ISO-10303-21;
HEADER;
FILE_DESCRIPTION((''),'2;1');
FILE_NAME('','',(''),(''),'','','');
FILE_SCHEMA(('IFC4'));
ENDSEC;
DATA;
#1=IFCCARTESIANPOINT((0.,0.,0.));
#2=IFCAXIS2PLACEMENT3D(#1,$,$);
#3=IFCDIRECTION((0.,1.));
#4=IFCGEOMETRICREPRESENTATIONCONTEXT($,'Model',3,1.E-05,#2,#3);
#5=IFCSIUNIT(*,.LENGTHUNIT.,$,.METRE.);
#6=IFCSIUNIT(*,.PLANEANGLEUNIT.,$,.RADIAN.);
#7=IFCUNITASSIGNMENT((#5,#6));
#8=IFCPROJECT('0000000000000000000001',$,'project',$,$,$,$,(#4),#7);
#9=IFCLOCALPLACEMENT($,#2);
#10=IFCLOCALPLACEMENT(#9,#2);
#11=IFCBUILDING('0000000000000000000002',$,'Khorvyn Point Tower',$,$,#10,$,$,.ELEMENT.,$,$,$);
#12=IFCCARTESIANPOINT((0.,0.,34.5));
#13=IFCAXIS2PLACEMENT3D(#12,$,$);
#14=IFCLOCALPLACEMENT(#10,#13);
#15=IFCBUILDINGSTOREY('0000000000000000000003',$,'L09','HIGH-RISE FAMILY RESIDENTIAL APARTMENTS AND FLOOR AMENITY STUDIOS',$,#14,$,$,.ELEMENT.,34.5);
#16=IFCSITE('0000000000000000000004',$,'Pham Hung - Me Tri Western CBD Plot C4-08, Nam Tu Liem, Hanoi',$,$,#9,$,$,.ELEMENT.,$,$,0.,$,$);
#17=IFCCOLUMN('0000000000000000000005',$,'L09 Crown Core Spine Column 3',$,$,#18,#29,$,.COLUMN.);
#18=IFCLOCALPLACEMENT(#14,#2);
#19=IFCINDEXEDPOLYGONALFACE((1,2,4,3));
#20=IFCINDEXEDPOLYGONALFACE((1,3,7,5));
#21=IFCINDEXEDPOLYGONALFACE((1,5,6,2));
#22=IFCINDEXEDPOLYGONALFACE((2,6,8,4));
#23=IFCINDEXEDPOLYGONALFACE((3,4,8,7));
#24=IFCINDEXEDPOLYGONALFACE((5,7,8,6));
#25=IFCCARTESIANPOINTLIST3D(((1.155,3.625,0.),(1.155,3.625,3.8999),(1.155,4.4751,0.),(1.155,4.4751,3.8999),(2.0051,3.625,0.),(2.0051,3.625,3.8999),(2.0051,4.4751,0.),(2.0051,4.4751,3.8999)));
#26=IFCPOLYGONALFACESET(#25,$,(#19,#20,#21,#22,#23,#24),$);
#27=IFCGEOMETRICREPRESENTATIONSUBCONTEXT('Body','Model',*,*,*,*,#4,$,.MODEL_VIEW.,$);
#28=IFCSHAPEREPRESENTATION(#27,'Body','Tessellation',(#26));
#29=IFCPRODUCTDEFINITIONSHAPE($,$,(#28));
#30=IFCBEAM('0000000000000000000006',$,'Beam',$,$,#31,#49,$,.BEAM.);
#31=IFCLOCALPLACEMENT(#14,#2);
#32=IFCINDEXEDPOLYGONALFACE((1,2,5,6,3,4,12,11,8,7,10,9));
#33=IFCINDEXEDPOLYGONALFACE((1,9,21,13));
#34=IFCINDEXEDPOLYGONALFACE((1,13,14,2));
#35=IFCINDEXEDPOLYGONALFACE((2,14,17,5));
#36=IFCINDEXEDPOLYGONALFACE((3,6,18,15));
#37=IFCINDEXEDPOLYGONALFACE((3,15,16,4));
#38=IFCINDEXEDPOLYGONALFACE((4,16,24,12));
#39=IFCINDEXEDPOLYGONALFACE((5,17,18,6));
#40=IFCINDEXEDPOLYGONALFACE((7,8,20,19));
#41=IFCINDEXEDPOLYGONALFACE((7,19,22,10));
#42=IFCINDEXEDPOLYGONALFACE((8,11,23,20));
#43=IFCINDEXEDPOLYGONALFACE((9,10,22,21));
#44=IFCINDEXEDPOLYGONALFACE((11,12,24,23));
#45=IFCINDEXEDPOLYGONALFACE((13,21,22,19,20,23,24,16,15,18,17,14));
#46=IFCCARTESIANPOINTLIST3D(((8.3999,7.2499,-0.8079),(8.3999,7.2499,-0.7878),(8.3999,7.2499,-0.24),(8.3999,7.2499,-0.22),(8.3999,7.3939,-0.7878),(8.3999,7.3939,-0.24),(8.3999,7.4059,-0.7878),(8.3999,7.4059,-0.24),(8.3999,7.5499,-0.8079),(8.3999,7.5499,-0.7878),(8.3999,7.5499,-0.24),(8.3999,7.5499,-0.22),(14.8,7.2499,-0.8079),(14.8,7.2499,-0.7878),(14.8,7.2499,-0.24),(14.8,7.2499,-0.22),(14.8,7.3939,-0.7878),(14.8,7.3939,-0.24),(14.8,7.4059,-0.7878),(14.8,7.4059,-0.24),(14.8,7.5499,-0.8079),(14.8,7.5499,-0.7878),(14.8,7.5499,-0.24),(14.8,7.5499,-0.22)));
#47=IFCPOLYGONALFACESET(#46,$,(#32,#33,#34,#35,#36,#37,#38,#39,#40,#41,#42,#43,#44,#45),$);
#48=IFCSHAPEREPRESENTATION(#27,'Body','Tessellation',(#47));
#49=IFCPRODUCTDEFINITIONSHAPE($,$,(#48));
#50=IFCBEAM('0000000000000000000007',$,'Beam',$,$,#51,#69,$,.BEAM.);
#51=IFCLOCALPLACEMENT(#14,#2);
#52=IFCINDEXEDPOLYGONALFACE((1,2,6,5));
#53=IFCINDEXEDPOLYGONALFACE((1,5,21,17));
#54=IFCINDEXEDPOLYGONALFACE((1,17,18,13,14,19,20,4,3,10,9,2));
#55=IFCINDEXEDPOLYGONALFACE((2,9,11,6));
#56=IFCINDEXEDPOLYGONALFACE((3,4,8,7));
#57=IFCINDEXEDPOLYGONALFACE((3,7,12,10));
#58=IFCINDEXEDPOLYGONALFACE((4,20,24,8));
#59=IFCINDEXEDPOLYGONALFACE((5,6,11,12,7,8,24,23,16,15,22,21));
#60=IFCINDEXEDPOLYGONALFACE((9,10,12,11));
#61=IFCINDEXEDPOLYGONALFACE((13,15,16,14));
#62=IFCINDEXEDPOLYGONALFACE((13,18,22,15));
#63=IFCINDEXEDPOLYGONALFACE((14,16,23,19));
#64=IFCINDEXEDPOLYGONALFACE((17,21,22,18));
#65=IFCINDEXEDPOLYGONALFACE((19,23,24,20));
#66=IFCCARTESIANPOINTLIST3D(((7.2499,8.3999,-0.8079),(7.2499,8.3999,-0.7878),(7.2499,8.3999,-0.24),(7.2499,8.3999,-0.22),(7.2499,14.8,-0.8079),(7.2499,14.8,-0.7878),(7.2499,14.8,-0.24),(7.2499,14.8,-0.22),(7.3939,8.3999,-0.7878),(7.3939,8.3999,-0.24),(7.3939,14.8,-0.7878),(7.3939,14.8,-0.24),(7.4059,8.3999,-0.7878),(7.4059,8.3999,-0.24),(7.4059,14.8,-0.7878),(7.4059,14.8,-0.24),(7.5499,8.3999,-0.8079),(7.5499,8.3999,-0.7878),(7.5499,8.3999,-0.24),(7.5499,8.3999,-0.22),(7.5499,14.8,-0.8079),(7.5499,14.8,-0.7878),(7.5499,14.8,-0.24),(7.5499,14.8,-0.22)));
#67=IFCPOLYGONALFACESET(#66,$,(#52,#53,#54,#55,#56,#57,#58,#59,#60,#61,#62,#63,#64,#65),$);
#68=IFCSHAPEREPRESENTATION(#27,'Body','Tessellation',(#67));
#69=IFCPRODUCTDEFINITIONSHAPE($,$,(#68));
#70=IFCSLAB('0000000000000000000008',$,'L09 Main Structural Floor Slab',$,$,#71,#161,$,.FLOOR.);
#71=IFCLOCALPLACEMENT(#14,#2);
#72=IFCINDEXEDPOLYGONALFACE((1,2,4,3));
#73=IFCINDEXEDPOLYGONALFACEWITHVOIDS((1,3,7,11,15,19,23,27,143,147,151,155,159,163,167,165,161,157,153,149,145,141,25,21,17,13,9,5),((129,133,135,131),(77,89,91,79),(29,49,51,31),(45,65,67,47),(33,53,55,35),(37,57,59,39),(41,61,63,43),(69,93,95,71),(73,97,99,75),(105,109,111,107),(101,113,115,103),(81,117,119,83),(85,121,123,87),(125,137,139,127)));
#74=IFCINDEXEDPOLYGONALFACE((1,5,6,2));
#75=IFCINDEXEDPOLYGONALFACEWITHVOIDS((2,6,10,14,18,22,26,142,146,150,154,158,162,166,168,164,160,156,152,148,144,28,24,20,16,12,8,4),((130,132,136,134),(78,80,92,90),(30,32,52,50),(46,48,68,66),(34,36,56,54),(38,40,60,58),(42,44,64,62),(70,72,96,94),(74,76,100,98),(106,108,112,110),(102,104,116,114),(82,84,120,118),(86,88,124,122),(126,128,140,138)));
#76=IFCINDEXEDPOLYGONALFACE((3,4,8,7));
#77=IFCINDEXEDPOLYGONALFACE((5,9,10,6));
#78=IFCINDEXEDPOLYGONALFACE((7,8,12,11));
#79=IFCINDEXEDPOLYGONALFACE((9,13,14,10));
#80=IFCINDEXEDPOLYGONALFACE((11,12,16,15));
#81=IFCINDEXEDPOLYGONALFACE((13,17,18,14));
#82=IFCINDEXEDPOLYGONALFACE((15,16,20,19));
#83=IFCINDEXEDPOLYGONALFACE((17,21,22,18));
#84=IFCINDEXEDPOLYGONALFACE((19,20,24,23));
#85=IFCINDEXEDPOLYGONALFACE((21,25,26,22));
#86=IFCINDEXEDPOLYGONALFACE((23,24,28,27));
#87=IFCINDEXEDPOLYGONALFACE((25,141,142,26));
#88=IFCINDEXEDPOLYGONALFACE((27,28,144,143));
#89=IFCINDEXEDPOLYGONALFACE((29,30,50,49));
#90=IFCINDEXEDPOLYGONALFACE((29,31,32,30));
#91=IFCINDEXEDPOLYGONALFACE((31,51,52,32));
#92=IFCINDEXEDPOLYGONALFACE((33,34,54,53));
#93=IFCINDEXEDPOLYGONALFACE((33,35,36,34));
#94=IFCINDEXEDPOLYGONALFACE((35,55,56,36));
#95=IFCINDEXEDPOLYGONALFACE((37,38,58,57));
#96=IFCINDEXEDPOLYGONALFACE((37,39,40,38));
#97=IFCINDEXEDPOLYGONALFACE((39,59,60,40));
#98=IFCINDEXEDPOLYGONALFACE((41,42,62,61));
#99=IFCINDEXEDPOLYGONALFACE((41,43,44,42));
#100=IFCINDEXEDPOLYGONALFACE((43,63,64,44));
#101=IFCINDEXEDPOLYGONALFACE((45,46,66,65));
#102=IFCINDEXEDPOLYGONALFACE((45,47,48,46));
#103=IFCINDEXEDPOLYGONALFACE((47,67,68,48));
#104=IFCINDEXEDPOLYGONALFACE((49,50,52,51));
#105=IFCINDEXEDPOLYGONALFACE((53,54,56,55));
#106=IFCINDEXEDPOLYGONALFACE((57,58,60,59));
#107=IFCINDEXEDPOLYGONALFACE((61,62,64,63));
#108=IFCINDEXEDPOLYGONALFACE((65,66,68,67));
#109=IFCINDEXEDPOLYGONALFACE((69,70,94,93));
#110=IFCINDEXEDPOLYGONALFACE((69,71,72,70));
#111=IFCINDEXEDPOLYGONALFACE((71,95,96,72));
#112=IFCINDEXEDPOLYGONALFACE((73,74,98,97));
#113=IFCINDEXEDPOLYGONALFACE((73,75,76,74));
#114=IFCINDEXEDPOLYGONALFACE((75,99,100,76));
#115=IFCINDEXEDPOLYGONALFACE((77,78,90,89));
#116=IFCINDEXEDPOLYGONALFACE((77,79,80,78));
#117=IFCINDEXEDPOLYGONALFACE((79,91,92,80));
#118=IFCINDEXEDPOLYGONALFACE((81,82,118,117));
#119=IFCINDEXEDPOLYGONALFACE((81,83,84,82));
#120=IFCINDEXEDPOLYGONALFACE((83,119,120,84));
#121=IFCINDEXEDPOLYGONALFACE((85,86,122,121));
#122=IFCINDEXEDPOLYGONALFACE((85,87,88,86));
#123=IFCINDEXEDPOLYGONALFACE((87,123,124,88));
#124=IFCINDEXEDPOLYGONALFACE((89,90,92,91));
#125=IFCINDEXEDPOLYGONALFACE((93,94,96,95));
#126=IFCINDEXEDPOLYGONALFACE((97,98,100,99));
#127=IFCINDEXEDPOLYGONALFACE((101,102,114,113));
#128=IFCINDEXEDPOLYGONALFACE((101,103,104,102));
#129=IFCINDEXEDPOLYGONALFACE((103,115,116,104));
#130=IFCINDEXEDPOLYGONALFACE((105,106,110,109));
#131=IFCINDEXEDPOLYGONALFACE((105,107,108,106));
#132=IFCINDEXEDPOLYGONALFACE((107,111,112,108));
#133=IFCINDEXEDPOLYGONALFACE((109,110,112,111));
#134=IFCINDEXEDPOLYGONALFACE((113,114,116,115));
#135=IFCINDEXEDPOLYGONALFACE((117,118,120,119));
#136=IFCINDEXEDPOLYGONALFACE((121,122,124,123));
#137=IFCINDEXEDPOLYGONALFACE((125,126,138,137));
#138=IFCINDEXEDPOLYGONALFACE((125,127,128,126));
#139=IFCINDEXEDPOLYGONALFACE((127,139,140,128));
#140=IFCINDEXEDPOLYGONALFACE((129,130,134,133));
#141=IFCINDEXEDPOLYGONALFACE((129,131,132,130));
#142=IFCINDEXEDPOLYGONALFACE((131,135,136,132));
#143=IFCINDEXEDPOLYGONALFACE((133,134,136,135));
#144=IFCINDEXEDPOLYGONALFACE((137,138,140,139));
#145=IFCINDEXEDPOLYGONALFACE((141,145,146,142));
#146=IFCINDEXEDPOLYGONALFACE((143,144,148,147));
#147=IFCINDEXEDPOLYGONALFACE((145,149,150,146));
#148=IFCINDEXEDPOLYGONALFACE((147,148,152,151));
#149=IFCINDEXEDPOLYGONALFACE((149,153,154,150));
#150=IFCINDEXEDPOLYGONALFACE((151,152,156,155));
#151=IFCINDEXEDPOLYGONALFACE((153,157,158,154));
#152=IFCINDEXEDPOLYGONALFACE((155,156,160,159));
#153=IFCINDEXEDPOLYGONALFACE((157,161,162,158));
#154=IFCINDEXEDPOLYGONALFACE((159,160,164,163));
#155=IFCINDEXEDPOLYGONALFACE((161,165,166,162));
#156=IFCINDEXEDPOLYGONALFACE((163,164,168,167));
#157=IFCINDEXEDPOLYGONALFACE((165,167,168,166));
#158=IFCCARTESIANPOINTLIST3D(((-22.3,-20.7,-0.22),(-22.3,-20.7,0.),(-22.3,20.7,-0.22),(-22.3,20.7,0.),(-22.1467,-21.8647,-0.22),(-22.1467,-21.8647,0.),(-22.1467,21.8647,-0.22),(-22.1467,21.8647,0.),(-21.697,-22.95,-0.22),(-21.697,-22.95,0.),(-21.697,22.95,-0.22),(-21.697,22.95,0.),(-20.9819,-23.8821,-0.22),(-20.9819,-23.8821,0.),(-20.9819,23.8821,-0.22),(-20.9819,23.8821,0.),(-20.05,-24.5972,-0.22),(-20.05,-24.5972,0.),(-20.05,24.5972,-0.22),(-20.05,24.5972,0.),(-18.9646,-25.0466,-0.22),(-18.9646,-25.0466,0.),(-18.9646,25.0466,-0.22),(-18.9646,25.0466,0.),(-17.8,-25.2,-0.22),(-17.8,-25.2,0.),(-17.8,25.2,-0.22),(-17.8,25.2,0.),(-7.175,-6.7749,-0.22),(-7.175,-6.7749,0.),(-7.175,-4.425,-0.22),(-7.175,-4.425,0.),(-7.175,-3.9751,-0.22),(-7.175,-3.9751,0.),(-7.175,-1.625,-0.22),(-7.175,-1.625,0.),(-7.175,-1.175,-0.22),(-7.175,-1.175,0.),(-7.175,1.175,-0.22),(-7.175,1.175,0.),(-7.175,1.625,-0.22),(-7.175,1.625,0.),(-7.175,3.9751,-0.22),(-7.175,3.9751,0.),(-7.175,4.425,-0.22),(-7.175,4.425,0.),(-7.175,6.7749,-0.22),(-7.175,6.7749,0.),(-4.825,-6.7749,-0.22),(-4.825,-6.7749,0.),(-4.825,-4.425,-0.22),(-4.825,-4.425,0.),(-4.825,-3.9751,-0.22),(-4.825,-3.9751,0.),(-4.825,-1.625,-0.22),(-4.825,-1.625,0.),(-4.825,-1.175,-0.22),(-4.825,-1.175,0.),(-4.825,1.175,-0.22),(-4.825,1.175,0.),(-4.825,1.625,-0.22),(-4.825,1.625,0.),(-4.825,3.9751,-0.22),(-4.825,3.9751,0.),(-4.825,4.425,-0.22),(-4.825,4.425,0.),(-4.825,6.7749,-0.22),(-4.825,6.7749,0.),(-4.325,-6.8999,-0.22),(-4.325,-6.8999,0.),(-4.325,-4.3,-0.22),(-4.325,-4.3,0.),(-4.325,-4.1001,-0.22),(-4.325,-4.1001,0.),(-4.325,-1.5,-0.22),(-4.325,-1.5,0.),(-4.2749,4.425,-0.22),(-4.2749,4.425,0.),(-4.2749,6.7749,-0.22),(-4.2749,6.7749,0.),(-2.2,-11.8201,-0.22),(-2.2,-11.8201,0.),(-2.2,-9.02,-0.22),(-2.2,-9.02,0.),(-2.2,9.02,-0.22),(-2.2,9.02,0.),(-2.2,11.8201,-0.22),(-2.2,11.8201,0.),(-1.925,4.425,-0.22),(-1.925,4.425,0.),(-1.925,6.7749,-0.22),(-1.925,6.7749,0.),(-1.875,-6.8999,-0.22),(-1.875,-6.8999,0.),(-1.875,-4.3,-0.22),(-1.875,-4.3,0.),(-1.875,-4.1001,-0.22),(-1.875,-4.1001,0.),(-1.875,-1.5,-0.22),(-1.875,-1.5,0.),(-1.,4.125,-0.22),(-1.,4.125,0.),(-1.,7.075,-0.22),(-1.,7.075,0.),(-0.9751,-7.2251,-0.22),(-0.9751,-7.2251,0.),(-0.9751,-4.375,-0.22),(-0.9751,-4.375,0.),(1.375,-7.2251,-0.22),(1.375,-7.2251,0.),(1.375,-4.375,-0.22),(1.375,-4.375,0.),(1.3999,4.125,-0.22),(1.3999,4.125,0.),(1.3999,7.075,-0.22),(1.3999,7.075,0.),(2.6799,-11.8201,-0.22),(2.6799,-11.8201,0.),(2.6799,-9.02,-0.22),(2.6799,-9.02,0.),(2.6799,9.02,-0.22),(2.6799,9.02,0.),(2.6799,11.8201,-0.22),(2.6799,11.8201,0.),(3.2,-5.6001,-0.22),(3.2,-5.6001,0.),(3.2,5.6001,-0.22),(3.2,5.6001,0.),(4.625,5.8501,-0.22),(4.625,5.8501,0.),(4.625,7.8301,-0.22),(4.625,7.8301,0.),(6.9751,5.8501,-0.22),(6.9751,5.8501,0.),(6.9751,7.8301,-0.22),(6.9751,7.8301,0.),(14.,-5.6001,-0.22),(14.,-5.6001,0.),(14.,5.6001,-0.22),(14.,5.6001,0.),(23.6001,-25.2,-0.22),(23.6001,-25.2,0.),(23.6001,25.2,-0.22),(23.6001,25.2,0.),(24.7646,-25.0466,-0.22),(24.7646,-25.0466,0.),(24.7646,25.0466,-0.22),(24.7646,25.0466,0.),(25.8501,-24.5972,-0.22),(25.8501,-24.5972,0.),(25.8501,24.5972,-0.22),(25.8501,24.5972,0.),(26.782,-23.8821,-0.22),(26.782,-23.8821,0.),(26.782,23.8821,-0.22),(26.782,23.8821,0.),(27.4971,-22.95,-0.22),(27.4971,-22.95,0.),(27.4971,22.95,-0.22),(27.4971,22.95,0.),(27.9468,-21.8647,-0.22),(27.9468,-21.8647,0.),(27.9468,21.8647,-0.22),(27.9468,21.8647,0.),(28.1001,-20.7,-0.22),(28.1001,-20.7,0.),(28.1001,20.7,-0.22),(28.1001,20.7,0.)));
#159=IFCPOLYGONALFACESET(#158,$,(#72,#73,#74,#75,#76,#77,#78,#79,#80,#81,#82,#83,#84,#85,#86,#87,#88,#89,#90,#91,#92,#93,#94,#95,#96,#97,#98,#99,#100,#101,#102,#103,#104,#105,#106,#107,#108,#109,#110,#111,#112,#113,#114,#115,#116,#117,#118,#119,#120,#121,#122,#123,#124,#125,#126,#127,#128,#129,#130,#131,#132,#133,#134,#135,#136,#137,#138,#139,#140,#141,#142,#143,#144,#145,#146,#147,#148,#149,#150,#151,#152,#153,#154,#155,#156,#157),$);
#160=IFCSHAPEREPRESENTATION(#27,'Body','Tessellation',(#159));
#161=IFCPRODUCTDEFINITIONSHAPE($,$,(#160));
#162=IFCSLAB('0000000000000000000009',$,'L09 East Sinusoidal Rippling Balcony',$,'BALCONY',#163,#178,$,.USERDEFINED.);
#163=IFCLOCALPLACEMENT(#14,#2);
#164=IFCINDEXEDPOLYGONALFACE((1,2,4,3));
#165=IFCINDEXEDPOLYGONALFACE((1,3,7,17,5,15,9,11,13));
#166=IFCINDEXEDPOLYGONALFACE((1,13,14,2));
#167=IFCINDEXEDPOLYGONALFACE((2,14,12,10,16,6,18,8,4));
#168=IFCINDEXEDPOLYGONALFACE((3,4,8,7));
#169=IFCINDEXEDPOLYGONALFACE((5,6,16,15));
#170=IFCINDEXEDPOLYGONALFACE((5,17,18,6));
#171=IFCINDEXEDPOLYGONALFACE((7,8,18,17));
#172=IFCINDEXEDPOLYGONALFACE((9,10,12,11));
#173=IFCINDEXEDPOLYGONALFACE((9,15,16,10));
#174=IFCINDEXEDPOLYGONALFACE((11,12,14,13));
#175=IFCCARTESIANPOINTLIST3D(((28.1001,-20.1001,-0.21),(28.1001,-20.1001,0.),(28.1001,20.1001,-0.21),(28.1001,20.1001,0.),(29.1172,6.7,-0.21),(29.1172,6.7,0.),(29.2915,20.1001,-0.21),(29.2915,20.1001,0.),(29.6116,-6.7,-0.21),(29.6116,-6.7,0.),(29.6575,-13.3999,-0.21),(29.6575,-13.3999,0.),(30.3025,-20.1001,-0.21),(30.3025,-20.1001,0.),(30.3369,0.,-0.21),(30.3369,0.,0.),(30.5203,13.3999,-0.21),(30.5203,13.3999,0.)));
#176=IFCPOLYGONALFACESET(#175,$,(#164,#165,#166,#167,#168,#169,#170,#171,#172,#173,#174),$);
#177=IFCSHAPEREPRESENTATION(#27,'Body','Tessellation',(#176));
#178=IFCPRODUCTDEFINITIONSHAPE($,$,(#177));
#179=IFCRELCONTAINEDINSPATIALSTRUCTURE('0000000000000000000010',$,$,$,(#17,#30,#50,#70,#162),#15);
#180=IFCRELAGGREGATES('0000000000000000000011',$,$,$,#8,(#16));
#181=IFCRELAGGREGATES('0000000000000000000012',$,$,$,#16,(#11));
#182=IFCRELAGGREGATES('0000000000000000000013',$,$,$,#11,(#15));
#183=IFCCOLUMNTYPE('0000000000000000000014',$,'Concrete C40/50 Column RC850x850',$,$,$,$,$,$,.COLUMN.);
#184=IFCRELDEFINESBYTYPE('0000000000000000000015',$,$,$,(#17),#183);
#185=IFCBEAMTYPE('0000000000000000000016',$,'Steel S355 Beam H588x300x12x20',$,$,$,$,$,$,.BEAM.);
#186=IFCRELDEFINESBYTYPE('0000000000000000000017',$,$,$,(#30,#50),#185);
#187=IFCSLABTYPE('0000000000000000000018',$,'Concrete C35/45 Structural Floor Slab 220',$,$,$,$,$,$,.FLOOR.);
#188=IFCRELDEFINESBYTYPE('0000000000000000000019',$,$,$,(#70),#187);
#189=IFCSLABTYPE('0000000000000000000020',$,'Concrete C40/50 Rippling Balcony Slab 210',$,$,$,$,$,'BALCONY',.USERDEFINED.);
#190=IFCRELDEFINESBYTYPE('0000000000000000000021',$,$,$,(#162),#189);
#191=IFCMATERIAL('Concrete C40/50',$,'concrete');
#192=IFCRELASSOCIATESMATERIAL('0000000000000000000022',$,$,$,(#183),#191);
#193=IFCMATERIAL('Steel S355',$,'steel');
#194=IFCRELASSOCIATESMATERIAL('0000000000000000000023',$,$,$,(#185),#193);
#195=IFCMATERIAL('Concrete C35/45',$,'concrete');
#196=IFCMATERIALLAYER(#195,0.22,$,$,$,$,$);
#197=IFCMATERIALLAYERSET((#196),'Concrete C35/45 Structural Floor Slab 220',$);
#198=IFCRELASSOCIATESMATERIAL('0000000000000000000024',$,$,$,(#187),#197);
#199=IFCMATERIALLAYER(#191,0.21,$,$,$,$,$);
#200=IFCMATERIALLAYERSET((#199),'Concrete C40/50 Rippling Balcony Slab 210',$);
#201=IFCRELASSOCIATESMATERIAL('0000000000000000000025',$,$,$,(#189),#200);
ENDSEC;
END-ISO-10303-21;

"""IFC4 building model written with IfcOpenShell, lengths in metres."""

from ifc_helpers import new_model, si_unit, direction, frame, origin, origin_2d, place, context, subcontext, project, spatial, polyline, rectangle, i_section, outline, extrude, material, layer, layer_set, material_profile, profile_set, type_object, element, save


model = new_model("IFC4")

# Units and contexts
model_context = context("Model", 3, precision=1e-05, world=origin(), true_north=direction((0.0, 1.0)))
body_context = subcontext(model_context, "Body", "Model", "MODEL_VIEW")
ifc_project = project(units=[si_unit("LENGTHUNIT", "METRE"), si_unit("PLANEANGLEUNIT", "RADIAN")], contexts=[model_context])

# Site, building, storey
site_placement = place(None, origin())
site = spatial("IfcSite", under=ifc_project, at=site_placement, Name="Pham Hung - Me Tri Western CBD Plot C4-08, Nam Tu Liem, Hanoi", CompositionType="ELEMENT", RefElevation=0.0)
building_placement = place(site_placement, origin())
building = spatial("IfcBuilding", under=site, at=building_placement, Name="Khorvyn Point Tower", CompositionType="ELEMENT")
storey_placement = place(building_placement, frame((0.0, 0.0, 34.5)))
storey = spatial("IfcBuildingStorey", under=building, at=storey_placement, Name="L09", Description="HIGH-RISE FAMILY RESIDENTIAL APARTMENTS AND FLOOR AMENITY STUDIOS", CompositionType="ELEMENT", Elevation=34.5)

# Column
ifc_material_1 = material(Name="Concrete C40/50", Category="concrete")
ifc_material_profile_1 = material_profile(ifc_material_1, rectangle(XDim=0.8501, YDim=0.8501, at=origin_2d()))
ifc_profile_set_1 = profile_set([ifc_material_profile_1], Name="Concrete C40/50 RC850x850")
column_type = type_object("IfcColumnType", Name="Concrete C40/50 Column RC850x850", PredefinedType="COLUMN", material=ifc_profile_set_1)
column_placement = place(storey_placement, frame((1.5801, 4.05, 0.0), z_axis=(0.0, 0.0, 1.0), x_axis=(1.0, 0.0, 0.0)))
element("IfcColumn", 1, at=column_placement, inside=storey, type_object=column_type, Name="L09 Crown Core Spine Column 3", PredefinedType="COLUMN", context=body_context, shape_type="SweptSolid", body=[
    extrude(rectangle(XDim=0.8501, YDim=0.8501, at=origin_2d()), origin(), (0.0, 0.0, 1.0), 3.8999),
])

# Beams
ifc_material_2 = material(Name="Steel S355", Category="steel")
ifc_material_profile_2 = material_profile(ifc_material_2, i_section(OverallWidth=0.3, OverallDepth=0.5879, WebThickness=0.012, FlangeThickness=0.02, at=origin_2d()))
ifc_profile_set_2 = profile_set([ifc_material_profile_2], Name="Steel S355 H588x300x12x20")
beam_type = type_object("IfcBeamType", Name="Steel S355 Beam H588x300x12x20", PredefinedType="BEAM", material=ifc_profile_set_2)
for number, where, z_axis, x_axis, name in (
    (2, (8.3999, 7.3999, -0.5139), (1.0, 0.0, 0.0), (0.0, 1.0, 0.0), "Beam"),
    (3, (7.3999, 8.3999, -0.5139), (0.0, 1.0, 0.0), (-1.0, 0.0, 0.0), "Beam"),
):
    element("IfcBeam", number, at=place(storey_placement, frame(where, z_axis=z_axis, x_axis=x_axis)), inside=storey, type_object=beam_type, Name=name, PredefinedType="BEAM", context=body_context, shape_type="SweptSolid", body=[
        extrude(i_section(OverallWidth=0.3, OverallDepth=0.5879, WebThickness=0.012, FlangeThickness=0.02, at=origin_2d()), origin(), (0.0, 0.0, 1.0), 6.4001),
    ])

# Slabs
ifc_material_3 = material(Name="Concrete C35/45", Category="concrete")
ifc_layer_1 = layer(ifc_material_3, 0.22)
ifc_layer_set_1 = layer_set([ifc_layer_1], Name="Concrete C35/45 Structural Floor Slab 220")
slab_type_1 = type_object("IfcSlabType", Name="Concrete C35/45 Structural Floor Slab 220", PredefinedType="FLOOR", material=ifc_layer_set_1)
slab_1_placement = place(storey_placement, frame((0.0, 0.0, -0.22)))
element("IfcSlab", 4, at=slab_1_placement, inside=storey, type_object=slab_type_1, Name="L09 Main Structural Floor Slab", PredefinedType="FLOOR", context=body_context, shape_type="SweptSolid", body=[
    extrude(outline(polyline([(-17.8, -25.2), (-18.9646, -25.0466), (-20.05, -24.5972), (-20.9819, -23.8821), (-21.697, -22.95), (-22.1467, -21.8647), (-22.3, -20.7), (-22.3, 20.7), (-22.1467, 21.8647), (-21.697, 22.95), (-20.9819, 23.8821), (-20.05, 24.5972), (-18.9646, 25.0466), (-17.8, 25.2), (23.6001, 25.2), (24.7646, 25.0466), (25.8501, 24.5972), (26.782, 23.8821), (27.4971, 22.95), (27.9468, 21.8647), (28.1001, 20.7), (28.1001, -20.7), (27.9468, -21.8647), (27.4971, -22.95), (26.782, -23.8821), (25.8501, -24.5972), (24.7646, -25.0466), (23.6001, -25.2), (-17.8, -25.2)]), holes=[polyline([(-4.825, -6.7749), (-4.825, -4.425), (-7.175, -4.425), (-7.175, -6.7749), (-4.825, -6.7749)]), polyline([(-4.325, -6.8999), (-1.875, -6.8999), (-1.875, -4.3), (-4.325, -4.3), (-4.325, -6.8999)]), polyline([(-7.175, -3.9751), (-4.825, -3.9751), (-4.825, -1.625), (-7.175, -1.625), (-7.175, -3.9751)]), polyline([(-7.175, -1.175), (-4.825, -1.175), (-4.825, 1.175), (-7.175, 1.175), (-7.175, -1.175)]), polyline([(-7.175, 1.625), (-4.825, 1.625), (-4.825, 3.9751), (-7.175, 3.9751), (-7.175, 1.625)]), polyline([(-7.175, 4.425), (-4.825, 4.425), (-4.825, 6.7749), (-7.175, 6.7749), (-7.175, 4.425)]), polyline([(-4.2749, 4.425), (-1.925, 4.425), (-1.925, 6.7749), (-4.2749, 6.7749), (-4.2749, 4.425)]), polyline([(2.6799, -11.8201), (2.6799, -9.02), (-2.2, -9.02), (-2.2, -11.8201), (2.6799, -11.8201)]), polyline([(-0.9751, -7.2251), (1.375, -7.2251), (1.375, -4.375), (-0.9751, -4.375), (-0.9751, -7.2251)]), polyline([(-4.325, -4.1001), (-1.875, -4.1001), (-1.875, -1.5), (-4.325, -1.5), (-4.325, -4.1001)]), polyline([(3.2, -5.6001), (14.0, -5.6001), (14.0, 5.6001), (3.2, 5.6001), (3.2, -5.6001)]), polyline([(-1.0, 4.125), (1.3999, 4.125), (1.3999, 7.075), (-1.0, 7.075), (-1.0, 4.125)]), polyline([(4.625, 5.8501), (6.9751, 5.8501), (6.9751, 7.8301), (4.625, 7.8301), (4.625, 5.8501)]), polyline([(-2.2, 9.02), (2.6799, 9.02), (2.6799, 11.8201), (-2.2, 11.8201), (-2.2, 9.02)])]), origin(), (0.0, 0.0, 1.0), 0.22),
])
ifc_layer_2 = layer(ifc_material_1, 0.21)
ifc_layer_set_2 = layer_set([ifc_layer_2], Name="Concrete C40/50 Rippling Balcony Slab 210")
slab_type_2 = type_object("IfcSlabType", Name="Concrete C40/50 Rippling Balcony Slab 210", ElementType="BALCONY", PredefinedType="USERDEFINED", material=ifc_layer_set_2)
slab_2_placement = place(storey_placement, frame((0.0, 0.0, -0.21)))
element("IfcSlab", 5, at=slab_2_placement, inside=storey, type_object=slab_type_2, Name="L09 East Sinusoidal Rippling Balcony", ObjectType="BALCONY", PredefinedType="USERDEFINED", context=body_context, shape_type="SweptSolid", body=[
    extrude(outline(polyline([(28.1001, -20.1001), (30.3025, -20.1001), (29.6575, -13.3999), (29.6116, -6.7), (30.3369, 0.0), (29.1172, 6.7), (30.5203, 13.3999), (29.2915, 20.1001), (28.1001, 20.1001), (28.1001, -20.1001)])), origin(), (0.0, 0.0, 1.0), 0.21),
])

save(model, "model.ifc")
